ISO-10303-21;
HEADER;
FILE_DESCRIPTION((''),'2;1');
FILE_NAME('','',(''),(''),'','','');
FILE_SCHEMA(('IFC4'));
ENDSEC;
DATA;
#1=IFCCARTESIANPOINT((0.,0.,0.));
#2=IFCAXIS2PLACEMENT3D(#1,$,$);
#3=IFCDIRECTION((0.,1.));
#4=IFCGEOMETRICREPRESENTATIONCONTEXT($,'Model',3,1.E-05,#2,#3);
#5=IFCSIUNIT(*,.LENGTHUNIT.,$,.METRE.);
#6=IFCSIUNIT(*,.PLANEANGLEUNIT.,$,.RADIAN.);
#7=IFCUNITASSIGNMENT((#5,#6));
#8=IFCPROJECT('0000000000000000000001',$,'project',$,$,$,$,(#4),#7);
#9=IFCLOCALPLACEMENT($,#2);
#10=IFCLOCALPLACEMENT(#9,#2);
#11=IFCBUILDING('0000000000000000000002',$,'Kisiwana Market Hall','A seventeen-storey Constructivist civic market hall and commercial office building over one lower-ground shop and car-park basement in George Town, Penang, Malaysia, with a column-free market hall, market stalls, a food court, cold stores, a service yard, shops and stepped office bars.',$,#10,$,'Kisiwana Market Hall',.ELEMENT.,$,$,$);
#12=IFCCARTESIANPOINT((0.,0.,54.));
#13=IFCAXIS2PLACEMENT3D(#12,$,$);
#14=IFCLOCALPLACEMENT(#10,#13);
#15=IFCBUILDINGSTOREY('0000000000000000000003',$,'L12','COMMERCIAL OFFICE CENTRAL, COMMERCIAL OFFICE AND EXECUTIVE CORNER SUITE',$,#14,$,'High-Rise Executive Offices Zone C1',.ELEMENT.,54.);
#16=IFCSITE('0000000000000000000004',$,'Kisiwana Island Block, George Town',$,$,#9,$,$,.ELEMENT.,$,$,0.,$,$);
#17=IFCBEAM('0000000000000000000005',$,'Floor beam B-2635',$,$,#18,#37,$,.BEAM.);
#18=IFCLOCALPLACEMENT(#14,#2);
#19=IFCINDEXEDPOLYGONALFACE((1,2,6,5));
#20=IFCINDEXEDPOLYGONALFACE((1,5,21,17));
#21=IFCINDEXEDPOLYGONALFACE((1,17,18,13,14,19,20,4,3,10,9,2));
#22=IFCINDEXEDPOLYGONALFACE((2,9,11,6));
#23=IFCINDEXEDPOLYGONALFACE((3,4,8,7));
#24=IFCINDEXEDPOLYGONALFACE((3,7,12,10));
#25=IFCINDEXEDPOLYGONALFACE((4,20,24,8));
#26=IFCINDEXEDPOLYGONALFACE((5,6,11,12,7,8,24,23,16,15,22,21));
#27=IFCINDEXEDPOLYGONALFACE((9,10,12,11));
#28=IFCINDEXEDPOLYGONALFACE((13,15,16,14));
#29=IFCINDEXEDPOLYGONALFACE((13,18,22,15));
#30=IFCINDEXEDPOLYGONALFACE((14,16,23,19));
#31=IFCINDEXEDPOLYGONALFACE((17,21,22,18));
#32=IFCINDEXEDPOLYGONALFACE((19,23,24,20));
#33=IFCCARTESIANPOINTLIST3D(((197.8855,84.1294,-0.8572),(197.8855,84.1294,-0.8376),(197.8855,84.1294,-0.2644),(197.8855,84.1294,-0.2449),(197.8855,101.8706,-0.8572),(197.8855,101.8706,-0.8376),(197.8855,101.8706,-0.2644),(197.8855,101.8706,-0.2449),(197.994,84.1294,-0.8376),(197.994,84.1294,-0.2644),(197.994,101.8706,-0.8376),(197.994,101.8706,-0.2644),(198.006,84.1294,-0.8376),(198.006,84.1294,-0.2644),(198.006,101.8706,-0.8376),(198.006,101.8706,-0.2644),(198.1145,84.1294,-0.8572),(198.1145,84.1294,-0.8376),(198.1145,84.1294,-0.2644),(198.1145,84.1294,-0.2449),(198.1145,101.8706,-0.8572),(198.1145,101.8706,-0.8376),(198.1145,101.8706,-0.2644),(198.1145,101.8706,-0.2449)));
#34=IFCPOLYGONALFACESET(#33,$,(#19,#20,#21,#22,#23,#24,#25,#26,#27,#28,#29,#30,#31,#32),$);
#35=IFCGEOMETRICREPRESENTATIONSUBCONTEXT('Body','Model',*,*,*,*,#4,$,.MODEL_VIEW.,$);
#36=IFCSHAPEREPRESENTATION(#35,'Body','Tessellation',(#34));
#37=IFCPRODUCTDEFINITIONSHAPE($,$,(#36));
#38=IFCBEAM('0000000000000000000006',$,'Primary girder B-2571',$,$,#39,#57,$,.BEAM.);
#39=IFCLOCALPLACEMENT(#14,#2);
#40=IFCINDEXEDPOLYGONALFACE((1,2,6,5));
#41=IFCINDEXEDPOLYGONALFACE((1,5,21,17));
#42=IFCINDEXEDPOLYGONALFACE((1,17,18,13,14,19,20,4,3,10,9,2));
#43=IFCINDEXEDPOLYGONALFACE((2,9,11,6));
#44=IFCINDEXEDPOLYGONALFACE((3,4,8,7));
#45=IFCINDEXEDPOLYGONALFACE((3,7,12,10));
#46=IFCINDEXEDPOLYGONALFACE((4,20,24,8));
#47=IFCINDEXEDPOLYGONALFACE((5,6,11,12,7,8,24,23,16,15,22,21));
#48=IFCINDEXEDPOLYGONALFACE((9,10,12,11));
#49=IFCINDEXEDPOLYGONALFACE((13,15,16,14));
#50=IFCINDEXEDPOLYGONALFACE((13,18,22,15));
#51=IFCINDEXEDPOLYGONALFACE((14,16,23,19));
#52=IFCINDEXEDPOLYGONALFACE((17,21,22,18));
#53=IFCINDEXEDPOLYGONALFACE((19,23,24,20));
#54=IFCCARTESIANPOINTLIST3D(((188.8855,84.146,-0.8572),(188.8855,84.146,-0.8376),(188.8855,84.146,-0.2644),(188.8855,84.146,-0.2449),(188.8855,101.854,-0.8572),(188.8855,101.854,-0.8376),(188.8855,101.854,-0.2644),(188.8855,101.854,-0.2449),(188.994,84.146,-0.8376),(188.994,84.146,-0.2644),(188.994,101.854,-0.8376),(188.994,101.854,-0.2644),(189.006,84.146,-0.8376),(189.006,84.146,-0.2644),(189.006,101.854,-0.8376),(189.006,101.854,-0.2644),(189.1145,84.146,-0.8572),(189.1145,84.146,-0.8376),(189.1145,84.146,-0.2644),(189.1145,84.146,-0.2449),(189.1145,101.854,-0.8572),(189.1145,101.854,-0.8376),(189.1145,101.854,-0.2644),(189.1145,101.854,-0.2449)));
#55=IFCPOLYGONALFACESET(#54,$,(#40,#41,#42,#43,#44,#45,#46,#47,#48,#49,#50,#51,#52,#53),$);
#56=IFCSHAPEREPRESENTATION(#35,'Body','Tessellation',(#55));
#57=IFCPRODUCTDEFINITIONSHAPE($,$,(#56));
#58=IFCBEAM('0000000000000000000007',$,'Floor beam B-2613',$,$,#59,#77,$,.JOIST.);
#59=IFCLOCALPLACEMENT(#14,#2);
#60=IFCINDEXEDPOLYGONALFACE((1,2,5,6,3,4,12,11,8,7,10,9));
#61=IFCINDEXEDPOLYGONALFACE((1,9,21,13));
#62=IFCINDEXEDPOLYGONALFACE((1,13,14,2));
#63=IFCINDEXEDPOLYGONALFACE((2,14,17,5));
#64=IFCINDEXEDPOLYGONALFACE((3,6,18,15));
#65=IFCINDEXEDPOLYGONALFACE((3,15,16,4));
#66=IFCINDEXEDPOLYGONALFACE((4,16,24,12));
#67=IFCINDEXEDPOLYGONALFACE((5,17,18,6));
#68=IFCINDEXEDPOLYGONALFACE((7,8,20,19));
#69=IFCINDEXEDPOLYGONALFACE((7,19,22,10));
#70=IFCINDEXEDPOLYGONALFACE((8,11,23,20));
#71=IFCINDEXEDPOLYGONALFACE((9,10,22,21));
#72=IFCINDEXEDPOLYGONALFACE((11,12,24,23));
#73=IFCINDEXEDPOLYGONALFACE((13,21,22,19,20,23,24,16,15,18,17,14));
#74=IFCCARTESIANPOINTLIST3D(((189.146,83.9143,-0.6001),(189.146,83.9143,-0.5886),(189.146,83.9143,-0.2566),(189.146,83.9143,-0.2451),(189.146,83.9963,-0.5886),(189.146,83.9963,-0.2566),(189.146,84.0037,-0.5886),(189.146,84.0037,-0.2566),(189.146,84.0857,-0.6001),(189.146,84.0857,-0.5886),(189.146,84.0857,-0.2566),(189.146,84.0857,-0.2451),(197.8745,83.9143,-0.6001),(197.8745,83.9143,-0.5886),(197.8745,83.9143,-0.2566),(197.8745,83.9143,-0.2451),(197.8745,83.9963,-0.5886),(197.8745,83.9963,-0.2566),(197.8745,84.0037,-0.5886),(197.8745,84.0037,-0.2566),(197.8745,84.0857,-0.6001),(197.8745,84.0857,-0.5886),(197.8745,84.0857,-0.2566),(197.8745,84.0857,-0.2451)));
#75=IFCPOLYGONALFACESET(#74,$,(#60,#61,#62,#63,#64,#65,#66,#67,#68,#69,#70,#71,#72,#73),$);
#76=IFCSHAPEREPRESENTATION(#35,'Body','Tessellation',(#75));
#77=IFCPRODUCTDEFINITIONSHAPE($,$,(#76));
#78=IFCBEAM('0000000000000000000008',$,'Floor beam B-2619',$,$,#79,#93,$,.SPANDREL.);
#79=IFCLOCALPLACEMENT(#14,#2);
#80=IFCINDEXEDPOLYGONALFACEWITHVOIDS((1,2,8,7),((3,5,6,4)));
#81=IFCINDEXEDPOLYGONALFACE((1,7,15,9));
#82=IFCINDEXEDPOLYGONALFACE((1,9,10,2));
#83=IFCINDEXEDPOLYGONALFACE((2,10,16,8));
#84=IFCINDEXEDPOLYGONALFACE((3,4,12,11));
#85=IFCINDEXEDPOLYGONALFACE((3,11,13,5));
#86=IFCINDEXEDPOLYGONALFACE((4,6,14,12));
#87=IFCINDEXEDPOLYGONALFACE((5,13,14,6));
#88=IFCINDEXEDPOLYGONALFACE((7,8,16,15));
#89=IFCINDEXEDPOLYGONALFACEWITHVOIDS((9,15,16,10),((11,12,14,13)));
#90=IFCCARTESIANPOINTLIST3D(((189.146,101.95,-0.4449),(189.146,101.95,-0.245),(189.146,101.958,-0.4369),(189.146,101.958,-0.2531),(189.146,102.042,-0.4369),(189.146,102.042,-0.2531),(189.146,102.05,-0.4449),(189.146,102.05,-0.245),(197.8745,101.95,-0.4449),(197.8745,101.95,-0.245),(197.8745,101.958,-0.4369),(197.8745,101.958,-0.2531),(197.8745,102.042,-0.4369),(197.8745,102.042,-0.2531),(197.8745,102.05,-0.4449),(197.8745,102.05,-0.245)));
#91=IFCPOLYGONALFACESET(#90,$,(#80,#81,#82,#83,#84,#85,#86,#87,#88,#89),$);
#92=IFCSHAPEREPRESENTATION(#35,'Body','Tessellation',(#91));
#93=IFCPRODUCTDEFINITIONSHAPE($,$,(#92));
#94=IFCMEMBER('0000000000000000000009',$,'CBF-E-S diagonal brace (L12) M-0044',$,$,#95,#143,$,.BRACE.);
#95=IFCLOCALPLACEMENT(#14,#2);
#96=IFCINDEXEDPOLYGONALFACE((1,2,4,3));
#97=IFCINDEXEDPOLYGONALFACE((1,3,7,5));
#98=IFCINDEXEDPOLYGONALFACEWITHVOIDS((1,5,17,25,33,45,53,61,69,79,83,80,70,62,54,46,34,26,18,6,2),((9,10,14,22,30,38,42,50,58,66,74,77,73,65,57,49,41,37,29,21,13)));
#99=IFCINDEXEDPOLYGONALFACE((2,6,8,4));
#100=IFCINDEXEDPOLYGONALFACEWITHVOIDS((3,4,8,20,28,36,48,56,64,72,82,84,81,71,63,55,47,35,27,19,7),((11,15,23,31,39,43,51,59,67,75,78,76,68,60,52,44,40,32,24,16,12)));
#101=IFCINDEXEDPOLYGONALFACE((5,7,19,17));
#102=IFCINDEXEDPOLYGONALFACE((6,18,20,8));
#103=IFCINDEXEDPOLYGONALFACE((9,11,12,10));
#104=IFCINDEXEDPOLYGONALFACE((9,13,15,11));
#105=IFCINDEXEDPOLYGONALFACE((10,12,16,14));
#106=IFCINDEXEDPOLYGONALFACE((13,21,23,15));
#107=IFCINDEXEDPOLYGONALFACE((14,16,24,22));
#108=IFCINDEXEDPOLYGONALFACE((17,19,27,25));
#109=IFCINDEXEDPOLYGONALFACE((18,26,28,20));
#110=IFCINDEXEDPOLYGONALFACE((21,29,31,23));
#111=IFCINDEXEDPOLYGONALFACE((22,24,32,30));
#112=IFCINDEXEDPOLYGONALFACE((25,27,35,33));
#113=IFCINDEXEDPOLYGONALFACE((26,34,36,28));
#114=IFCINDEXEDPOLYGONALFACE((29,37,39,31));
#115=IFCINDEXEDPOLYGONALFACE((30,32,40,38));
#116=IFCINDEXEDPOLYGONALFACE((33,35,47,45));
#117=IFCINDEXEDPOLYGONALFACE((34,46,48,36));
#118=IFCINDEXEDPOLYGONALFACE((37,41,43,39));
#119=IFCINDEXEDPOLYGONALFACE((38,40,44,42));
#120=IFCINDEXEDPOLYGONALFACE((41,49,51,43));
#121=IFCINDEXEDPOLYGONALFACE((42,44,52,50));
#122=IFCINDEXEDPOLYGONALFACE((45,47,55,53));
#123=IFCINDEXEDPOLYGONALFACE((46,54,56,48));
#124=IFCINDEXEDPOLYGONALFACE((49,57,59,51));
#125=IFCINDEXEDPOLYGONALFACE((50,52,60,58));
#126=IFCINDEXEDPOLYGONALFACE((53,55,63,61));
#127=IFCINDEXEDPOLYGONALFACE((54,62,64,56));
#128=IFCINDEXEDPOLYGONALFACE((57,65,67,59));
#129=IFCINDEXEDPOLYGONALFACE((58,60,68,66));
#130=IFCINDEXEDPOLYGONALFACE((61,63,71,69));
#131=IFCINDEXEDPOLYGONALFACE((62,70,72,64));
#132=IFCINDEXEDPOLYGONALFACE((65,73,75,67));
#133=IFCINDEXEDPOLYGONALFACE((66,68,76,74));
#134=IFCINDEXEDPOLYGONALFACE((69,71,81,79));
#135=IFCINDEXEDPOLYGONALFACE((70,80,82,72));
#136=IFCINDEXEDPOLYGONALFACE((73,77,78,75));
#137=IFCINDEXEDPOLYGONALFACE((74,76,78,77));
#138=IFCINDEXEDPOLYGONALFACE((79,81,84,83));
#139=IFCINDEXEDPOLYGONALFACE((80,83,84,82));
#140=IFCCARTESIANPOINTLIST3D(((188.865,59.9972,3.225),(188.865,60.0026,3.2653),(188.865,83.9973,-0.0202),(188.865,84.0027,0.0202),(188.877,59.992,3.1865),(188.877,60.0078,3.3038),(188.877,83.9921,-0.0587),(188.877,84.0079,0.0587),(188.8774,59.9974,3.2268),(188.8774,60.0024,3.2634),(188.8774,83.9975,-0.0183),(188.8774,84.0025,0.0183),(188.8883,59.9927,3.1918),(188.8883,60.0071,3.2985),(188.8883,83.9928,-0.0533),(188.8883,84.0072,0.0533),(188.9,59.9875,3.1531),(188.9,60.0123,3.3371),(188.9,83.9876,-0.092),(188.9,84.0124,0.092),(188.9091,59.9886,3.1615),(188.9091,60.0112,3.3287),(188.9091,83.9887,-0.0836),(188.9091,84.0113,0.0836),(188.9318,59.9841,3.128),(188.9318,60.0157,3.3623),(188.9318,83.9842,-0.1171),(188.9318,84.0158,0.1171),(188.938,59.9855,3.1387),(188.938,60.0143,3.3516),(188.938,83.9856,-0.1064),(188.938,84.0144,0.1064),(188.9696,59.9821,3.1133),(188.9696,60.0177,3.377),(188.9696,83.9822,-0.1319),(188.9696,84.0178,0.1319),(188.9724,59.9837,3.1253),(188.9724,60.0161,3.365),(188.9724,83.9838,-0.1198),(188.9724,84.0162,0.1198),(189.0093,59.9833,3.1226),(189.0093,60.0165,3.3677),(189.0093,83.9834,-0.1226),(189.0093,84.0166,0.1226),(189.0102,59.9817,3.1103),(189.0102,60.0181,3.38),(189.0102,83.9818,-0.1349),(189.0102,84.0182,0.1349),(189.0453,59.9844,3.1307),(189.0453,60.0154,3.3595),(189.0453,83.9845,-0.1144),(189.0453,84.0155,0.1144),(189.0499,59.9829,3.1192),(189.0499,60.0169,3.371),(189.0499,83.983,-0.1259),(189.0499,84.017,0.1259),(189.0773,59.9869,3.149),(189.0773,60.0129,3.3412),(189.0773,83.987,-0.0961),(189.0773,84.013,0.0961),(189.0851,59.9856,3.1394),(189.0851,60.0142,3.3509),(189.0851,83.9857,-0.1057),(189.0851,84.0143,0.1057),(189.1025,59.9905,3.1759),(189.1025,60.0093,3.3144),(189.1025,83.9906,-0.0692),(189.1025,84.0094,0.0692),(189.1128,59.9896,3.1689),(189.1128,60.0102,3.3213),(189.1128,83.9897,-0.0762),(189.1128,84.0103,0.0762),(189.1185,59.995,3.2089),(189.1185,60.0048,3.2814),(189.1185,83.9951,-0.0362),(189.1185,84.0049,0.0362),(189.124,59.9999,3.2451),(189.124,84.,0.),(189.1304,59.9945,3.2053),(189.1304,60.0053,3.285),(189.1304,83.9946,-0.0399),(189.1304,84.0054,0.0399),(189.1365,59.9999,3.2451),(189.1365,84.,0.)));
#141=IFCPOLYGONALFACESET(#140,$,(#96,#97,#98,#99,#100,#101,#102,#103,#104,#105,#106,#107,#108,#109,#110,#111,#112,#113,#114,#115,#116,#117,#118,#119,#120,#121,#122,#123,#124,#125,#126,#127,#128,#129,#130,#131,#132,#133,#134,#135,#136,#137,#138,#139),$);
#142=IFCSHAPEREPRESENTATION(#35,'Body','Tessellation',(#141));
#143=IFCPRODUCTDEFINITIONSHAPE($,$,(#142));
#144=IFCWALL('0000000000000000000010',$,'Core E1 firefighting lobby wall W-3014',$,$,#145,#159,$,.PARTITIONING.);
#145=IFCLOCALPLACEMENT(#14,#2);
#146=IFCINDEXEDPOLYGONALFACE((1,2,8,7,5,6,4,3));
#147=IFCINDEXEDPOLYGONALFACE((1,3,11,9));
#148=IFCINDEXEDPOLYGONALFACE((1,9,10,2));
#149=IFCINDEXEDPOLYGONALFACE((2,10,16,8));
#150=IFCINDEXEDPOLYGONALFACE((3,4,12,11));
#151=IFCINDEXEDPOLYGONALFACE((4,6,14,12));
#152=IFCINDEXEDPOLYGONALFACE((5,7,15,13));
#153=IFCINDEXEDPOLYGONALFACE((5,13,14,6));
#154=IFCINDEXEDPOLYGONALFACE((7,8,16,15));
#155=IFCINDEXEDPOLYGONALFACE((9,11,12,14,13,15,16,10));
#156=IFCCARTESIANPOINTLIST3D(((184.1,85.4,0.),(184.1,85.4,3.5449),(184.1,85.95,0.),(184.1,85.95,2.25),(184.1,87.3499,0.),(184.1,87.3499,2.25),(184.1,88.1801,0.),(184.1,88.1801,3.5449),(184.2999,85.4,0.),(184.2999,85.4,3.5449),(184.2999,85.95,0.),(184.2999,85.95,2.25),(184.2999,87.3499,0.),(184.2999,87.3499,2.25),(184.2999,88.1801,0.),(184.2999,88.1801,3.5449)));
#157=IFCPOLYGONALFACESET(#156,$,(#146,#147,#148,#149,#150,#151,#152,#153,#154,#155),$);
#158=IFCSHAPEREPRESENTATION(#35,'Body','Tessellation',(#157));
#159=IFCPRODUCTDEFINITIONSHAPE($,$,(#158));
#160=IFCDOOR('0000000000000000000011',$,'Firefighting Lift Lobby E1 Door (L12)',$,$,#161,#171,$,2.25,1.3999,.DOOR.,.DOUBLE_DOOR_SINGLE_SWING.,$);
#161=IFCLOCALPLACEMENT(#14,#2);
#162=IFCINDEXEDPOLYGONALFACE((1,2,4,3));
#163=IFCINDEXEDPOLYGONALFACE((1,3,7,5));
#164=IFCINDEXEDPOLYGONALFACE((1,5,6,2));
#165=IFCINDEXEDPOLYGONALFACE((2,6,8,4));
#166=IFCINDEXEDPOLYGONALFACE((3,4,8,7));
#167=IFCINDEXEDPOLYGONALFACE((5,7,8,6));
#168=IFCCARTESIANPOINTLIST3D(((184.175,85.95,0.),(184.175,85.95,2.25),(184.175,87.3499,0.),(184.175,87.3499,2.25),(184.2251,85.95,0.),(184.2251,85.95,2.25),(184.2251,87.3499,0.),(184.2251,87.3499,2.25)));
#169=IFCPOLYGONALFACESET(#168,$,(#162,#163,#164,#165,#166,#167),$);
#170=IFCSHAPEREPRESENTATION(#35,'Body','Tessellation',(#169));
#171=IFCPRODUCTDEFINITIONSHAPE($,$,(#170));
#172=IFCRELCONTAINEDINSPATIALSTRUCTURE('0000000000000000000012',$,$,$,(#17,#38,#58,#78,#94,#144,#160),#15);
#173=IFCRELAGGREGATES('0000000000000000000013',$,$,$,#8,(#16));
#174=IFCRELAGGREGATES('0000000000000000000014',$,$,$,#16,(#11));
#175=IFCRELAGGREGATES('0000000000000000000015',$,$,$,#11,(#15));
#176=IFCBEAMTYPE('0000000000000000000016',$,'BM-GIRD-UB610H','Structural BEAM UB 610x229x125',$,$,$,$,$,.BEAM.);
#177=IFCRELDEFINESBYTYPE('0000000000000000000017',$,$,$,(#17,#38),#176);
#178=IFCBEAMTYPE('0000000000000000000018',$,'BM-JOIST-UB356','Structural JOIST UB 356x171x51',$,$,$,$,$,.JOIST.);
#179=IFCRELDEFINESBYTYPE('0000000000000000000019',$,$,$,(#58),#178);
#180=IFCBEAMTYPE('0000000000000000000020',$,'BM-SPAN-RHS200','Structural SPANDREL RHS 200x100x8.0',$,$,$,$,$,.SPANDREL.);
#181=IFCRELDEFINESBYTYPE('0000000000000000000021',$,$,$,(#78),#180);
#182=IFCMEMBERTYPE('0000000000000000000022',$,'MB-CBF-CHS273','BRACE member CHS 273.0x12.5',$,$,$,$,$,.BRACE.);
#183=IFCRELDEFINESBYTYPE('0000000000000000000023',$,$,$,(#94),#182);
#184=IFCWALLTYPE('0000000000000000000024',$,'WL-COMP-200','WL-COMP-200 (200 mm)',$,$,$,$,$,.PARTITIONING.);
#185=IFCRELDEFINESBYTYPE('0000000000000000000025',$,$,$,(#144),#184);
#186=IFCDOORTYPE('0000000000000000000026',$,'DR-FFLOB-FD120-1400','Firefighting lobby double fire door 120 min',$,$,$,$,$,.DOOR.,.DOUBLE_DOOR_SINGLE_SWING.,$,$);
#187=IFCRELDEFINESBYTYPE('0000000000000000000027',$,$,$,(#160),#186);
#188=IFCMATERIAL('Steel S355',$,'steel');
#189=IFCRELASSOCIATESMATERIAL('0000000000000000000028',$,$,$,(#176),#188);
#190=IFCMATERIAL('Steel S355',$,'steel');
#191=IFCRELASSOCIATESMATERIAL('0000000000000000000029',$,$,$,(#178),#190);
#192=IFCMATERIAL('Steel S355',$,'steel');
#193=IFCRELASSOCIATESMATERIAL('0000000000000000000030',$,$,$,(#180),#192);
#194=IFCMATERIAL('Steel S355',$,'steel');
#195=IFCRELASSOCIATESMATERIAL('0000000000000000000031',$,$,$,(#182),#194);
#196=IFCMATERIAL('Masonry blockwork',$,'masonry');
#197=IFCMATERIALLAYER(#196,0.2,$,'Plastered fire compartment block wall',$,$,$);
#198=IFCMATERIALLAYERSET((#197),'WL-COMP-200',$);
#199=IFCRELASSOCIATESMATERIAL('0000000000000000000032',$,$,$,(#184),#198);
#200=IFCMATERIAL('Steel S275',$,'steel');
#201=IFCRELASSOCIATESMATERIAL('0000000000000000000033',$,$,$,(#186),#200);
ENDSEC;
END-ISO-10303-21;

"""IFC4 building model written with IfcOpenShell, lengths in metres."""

from ifc_helpers import new_model, si_unit, direction, frame, frame_2d, origin, origin_2d, place, context, subcontext, project, spatial, rectangle, hollow_rectangle, hollow_circle, i_section, extrude, material, layer, layer_set, material_profile, profile_set, type_object, element, fill, save


model = new_model("IFC4")

# Units and contexts
model_context = context("Model", 3, precision=1e-05, world=origin(), true_north=direction((0.0, 1.0)))
body_context = subcontext(model_context, "Body", "Model", "MODEL_VIEW")
ifc_project = project(units=[si_unit("LENGTHUNIT", "METRE"), si_unit("PLANEANGLEUNIT", "RADIAN")], contexts=[model_context])

# Site, building, storey
site_placement = place(None, origin())
site = spatial("IfcSite", under=ifc_project, at=site_placement, Name="Kisiwana Island Block, George Town", CompositionType="ELEMENT", RefElevation=0.0)
building_placement = place(site_placement, origin())
building = spatial("IfcBuilding", under=site, at=building_placement, Name="Kisiwana Market Hall", Description="A seventeen-storey Constructivist civic market hall and commercial office building over one lower-ground shop and car-park basement in George Town, Penang, Malaysia, with a column-free market hall, market stalls, a food court, cold stores, a service yard, shops and stepped office bars.", LongName="Kisiwana Market Hall", CompositionType="ELEMENT")
storey_placement = place(building_placement, frame((0.0, 0.0, 54.0)))
storey = spatial("IfcBuildingStorey", under=building, at=storey_placement, Name="L12", Description="COMMERCIAL OFFICE CENTRAL, COMMERCIAL OFFICE AND EXECUTIVE CORNER SUITE", LongName="High-Rise Executive Offices Zone C1", CompositionType="ELEMENT", Elevation=54.0)

# Beams
ifc_material_1 = material(Name="Steel S355", Category="steel")
ifc_material_profile_1 = material_profile(ifc_material_1, i_section(OverallWidth=0.229, OverallDepth=0.6123, WebThickness=0.012, FlangeThickness=0.0195, at=origin_2d()), Name="UB 610x229x125")
ifc_profile_set_1 = profile_set([ifc_material_profile_1], Name="Steel S355")
beam_type_1 = type_object("IfcBeamType", Name="BM-GIRD-UB610H", Description="Structural BEAM UB 610x229x125", PredefinedType="BEAM", material=ifc_profile_set_1)
beam_1_placement = place(storey_placement, frame((198.0, 84.1294, -0.551), z_axis=(0.0, 1.0, 0.0), x_axis=(-1.0, 0.0, 0.0)))
element("IfcBeam", 1, at=beam_1_placement, inside=storey, type_object=beam_type_1, Name="Floor beam B-2635", PredefinedType="BEAM", context=body_context, shape_type="SweptSolid", body=[
    extrude(i_section(OverallWidth=0.229, OverallDepth=0.6123, WebThickness=0.012, FlangeThickness=0.0195, at=origin_2d()), origin(), (0.0, 0.0, 1.0), 17.7412),
])
beam_2_placement = place(storey_placement, frame((189.0, 84.146, -0.551), z_axis=(0.0, 1.0, 0.0), x_axis=(-1.0, 0.0, 0.0)))
element("IfcBeam", 2, at=beam_2_placement, inside=storey, type_object=beam_type_1, Name="Primary girder B-2571", PredefinedType="BEAM", context=body_context, shape_type="SweptSolid", body=[
    extrude(i_section(OverallWidth=0.229, OverallDepth=0.6123, WebThickness=0.012, FlangeThickness=0.0195, at=origin_2d()), origin(), (0.0, 0.0, 1.0), 17.708),
])
ifc_material_2 = material(Name="Steel S355", Category="steel")
ifc_material_profile_2 = material_profile(ifc_material_2, i_section(OverallWidth=0.1714, OverallDepth=0.355, WebThickness=0.0073, FlangeThickness=0.0115, at=origin_2d()), Name="UB 356x171x51")
ifc_profile_set_2 = profile_set([ifc_material_profile_2], Name="Steel S355")
beam_type_2 = type_object("IfcBeamType", Name="BM-JOIST-UB356", Description="Structural JOIST UB 356x171x51", PredefinedType="JOIST", material=ifc_profile_set_2)
beam_3_placement = place(storey_placement, frame((189.146, 84.0, -0.4226), z_axis=(1.0, 0.0, 0.0), x_axis=(0.0, 1.0, 0.0)))
element("IfcBeam", 3, at=beam_3_placement, inside=storey, type_object=beam_type_2, Name="Floor beam B-2613", PredefinedType="JOIST", context=body_context, shape_type="SweptSolid", body=[
    extrude(i_section(OverallWidth=0.1714, OverallDepth=0.355, WebThickness=0.0073, FlangeThickness=0.0115, at=origin_2d()), origin(), (0.0, 0.0, 1.0), 8.7285),
])
ifc_material_3 = material(Name="Steel S355", Category="steel")
ifc_material_profile_3 = material_profile(ifc_material_3, hollow_rectangle(XDim=0.1001, YDim=0.2, WallThickness=0.0081, at=origin_2d()), Name="RHS 200x100x8.0")
ifc_profile_set_3 = profile_set([ifc_material_profile_3], Name="Steel S355")
beam_type_3 = type_object("IfcBeamType", Name="BM-SPAN-RHS200", Description="Structural SPANDREL RHS 200x100x8.0", PredefinedType="SPANDREL", material=ifc_profile_set_3)
beam_4_placement = place(storey_placement, frame((189.146, 102.0, -0.345), z_axis=(1.0, 0.0, 0.0), x_axis=(0.0, 1.0, 0.0)))
element("IfcBeam", 4, at=beam_4_placement, inside=storey, type_object=beam_type_3, Name="Floor beam B-2619", PredefinedType="SPANDREL", context=body_context, shape_type="SweptSolid", body=[
    extrude(hollow_rectangle(XDim=0.1001, YDim=0.2, WallThickness=0.0081, at=origin_2d()), origin(), (0.0, 0.0, 1.0), 8.7285),
])

# Member
ifc_material_4 = material(Name="Steel S355", Category="steel")
ifc_material_profile_4 = material_profile(ifc_material_4, hollow_circle(Radius=0.1365, WallThickness=0.0125, at=origin_2d()), Name="CHS 273.0x12.5")
ifc_profile_set_4 = profile_set([ifc_material_profile_4], Name="Steel S355")
member_type = type_object("IfcMemberType", Name="MB-CBF-CHS273", Description="BRACE member CHS 273.0x12.5", PredefinedType="BRACE", material=ifc_profile_set_4)
member_placement = place(storey_placement, frame((189.0, 84.0, 0.0), z_axis=(0.0, -0.990982, 0.133994), x_axis=(1.0, 0.0, 0.0)))
element("IfcMember", 5, at=member_placement, inside=storey, type_object=member_type, Name="CBF-E-S diagonal brace (L12) M-0044", PredefinedType="BRACE", context=body_context, shape_type="SweptSolid", body=[
    extrude(hollow_circle(Radius=0.1365, WallThickness=0.0125, at=origin_2d()), origin(), (0.0, 0.0, 1.0), 24.2185),
])

# Wall, opening, door
ifc_material_5 = material(Name="Masonry blockwork", Category="masonry")
ifc_layer_1 = layer(ifc_material_5, 0.2, Name="Plastered fire compartment block wall")
ifc_layer_set_1 = layer_set([ifc_layer_1], Name="WL-COMP-200")
wall_type_1 = type_object("IfcWallType", Name="WL-COMP-200", Description="WL-COMP-200 (200 mm)", PredefinedType="PARTITIONING", material=ifc_layer_set_1)
wall_1_placement = place(storey_placement, frame((184.2, 85.3999, 0.0), z_axis=(0.0, 0.0, 1.0), x_axis=(0.0, 1.0, 0.0)))
wall_1 = element("IfcWall", 6, at=wall_1_placement, inside=storey, type_object=wall_type_1, Name="Core E1 firefighting lobby wall W-3014", PredefinedType="PARTITIONING", context=body_context, shape_type="SweptSolid", body=[
    extrude(rectangle(XDim=2.78, YDim=0.2, at=frame_2d((1.3901, 0.0))), origin(), (0.0, 0.0, 1.0), 3.5449),
])
opening_1_placement = place(wall_1_placement, frame((0.55, 0.0, 0.0)))
opening_1 = element("IfcOpeningElement", 7, at=opening_1_placement, cuts=wall_1, PredefinedType="OPENING", context=body_context, shape_type="SweptSolid", body=[
    extrude(rectangle(XDim=1.3999, YDim=2.25, at=frame_2d((0.7, 1.125))), frame((0.0, 0.1118, 0.0), z_axis=(0.0, -1.0, 0.0), x_axis=(1.0, 0.0, 0.0)), (0.0, 0.0, 1.0), 0.2239),
])
ifc_material_6 = material(Name="Steel S275", Category="steel")
door_type_1 = type_object("IfcDoorType", Name="DR-FFLOB-FD120-1400", Description="Firefighting lobby double fire door 120 min", OperationType="DOUBLE_DOOR_SINGLE_SWING", PredefinedType="DOOR", material=ifc_material_6)
door_1_placement = place(opening_1_placement, origin())
door_1 = element("IfcDoor", 8, at=door_1_placement, inside=storey, type_object=door_type_1, Name="Firefighting Lift Lobby E1 Door (L12)", OperationType="DOUBLE_DOOR_SINGLE_SWING", OverallHeight=2.25, OverallWidth=1.3999, PredefinedType="DOOR", context=body_context, shape_type="SweptSolid", body=[
    extrude(rectangle(XDim=1.3999, YDim=2.25, at=frame_2d((0.7, 1.125))), frame((0.0, 0.0249, 0.0), z_axis=(0.0, -1.0, 0.0), x_axis=(1.0, 0.0, 0.0)), (0.0, 0.0, 1.0), 0.05),
])
fill(opening_1, door_1)

save(model, "model.ifc")
